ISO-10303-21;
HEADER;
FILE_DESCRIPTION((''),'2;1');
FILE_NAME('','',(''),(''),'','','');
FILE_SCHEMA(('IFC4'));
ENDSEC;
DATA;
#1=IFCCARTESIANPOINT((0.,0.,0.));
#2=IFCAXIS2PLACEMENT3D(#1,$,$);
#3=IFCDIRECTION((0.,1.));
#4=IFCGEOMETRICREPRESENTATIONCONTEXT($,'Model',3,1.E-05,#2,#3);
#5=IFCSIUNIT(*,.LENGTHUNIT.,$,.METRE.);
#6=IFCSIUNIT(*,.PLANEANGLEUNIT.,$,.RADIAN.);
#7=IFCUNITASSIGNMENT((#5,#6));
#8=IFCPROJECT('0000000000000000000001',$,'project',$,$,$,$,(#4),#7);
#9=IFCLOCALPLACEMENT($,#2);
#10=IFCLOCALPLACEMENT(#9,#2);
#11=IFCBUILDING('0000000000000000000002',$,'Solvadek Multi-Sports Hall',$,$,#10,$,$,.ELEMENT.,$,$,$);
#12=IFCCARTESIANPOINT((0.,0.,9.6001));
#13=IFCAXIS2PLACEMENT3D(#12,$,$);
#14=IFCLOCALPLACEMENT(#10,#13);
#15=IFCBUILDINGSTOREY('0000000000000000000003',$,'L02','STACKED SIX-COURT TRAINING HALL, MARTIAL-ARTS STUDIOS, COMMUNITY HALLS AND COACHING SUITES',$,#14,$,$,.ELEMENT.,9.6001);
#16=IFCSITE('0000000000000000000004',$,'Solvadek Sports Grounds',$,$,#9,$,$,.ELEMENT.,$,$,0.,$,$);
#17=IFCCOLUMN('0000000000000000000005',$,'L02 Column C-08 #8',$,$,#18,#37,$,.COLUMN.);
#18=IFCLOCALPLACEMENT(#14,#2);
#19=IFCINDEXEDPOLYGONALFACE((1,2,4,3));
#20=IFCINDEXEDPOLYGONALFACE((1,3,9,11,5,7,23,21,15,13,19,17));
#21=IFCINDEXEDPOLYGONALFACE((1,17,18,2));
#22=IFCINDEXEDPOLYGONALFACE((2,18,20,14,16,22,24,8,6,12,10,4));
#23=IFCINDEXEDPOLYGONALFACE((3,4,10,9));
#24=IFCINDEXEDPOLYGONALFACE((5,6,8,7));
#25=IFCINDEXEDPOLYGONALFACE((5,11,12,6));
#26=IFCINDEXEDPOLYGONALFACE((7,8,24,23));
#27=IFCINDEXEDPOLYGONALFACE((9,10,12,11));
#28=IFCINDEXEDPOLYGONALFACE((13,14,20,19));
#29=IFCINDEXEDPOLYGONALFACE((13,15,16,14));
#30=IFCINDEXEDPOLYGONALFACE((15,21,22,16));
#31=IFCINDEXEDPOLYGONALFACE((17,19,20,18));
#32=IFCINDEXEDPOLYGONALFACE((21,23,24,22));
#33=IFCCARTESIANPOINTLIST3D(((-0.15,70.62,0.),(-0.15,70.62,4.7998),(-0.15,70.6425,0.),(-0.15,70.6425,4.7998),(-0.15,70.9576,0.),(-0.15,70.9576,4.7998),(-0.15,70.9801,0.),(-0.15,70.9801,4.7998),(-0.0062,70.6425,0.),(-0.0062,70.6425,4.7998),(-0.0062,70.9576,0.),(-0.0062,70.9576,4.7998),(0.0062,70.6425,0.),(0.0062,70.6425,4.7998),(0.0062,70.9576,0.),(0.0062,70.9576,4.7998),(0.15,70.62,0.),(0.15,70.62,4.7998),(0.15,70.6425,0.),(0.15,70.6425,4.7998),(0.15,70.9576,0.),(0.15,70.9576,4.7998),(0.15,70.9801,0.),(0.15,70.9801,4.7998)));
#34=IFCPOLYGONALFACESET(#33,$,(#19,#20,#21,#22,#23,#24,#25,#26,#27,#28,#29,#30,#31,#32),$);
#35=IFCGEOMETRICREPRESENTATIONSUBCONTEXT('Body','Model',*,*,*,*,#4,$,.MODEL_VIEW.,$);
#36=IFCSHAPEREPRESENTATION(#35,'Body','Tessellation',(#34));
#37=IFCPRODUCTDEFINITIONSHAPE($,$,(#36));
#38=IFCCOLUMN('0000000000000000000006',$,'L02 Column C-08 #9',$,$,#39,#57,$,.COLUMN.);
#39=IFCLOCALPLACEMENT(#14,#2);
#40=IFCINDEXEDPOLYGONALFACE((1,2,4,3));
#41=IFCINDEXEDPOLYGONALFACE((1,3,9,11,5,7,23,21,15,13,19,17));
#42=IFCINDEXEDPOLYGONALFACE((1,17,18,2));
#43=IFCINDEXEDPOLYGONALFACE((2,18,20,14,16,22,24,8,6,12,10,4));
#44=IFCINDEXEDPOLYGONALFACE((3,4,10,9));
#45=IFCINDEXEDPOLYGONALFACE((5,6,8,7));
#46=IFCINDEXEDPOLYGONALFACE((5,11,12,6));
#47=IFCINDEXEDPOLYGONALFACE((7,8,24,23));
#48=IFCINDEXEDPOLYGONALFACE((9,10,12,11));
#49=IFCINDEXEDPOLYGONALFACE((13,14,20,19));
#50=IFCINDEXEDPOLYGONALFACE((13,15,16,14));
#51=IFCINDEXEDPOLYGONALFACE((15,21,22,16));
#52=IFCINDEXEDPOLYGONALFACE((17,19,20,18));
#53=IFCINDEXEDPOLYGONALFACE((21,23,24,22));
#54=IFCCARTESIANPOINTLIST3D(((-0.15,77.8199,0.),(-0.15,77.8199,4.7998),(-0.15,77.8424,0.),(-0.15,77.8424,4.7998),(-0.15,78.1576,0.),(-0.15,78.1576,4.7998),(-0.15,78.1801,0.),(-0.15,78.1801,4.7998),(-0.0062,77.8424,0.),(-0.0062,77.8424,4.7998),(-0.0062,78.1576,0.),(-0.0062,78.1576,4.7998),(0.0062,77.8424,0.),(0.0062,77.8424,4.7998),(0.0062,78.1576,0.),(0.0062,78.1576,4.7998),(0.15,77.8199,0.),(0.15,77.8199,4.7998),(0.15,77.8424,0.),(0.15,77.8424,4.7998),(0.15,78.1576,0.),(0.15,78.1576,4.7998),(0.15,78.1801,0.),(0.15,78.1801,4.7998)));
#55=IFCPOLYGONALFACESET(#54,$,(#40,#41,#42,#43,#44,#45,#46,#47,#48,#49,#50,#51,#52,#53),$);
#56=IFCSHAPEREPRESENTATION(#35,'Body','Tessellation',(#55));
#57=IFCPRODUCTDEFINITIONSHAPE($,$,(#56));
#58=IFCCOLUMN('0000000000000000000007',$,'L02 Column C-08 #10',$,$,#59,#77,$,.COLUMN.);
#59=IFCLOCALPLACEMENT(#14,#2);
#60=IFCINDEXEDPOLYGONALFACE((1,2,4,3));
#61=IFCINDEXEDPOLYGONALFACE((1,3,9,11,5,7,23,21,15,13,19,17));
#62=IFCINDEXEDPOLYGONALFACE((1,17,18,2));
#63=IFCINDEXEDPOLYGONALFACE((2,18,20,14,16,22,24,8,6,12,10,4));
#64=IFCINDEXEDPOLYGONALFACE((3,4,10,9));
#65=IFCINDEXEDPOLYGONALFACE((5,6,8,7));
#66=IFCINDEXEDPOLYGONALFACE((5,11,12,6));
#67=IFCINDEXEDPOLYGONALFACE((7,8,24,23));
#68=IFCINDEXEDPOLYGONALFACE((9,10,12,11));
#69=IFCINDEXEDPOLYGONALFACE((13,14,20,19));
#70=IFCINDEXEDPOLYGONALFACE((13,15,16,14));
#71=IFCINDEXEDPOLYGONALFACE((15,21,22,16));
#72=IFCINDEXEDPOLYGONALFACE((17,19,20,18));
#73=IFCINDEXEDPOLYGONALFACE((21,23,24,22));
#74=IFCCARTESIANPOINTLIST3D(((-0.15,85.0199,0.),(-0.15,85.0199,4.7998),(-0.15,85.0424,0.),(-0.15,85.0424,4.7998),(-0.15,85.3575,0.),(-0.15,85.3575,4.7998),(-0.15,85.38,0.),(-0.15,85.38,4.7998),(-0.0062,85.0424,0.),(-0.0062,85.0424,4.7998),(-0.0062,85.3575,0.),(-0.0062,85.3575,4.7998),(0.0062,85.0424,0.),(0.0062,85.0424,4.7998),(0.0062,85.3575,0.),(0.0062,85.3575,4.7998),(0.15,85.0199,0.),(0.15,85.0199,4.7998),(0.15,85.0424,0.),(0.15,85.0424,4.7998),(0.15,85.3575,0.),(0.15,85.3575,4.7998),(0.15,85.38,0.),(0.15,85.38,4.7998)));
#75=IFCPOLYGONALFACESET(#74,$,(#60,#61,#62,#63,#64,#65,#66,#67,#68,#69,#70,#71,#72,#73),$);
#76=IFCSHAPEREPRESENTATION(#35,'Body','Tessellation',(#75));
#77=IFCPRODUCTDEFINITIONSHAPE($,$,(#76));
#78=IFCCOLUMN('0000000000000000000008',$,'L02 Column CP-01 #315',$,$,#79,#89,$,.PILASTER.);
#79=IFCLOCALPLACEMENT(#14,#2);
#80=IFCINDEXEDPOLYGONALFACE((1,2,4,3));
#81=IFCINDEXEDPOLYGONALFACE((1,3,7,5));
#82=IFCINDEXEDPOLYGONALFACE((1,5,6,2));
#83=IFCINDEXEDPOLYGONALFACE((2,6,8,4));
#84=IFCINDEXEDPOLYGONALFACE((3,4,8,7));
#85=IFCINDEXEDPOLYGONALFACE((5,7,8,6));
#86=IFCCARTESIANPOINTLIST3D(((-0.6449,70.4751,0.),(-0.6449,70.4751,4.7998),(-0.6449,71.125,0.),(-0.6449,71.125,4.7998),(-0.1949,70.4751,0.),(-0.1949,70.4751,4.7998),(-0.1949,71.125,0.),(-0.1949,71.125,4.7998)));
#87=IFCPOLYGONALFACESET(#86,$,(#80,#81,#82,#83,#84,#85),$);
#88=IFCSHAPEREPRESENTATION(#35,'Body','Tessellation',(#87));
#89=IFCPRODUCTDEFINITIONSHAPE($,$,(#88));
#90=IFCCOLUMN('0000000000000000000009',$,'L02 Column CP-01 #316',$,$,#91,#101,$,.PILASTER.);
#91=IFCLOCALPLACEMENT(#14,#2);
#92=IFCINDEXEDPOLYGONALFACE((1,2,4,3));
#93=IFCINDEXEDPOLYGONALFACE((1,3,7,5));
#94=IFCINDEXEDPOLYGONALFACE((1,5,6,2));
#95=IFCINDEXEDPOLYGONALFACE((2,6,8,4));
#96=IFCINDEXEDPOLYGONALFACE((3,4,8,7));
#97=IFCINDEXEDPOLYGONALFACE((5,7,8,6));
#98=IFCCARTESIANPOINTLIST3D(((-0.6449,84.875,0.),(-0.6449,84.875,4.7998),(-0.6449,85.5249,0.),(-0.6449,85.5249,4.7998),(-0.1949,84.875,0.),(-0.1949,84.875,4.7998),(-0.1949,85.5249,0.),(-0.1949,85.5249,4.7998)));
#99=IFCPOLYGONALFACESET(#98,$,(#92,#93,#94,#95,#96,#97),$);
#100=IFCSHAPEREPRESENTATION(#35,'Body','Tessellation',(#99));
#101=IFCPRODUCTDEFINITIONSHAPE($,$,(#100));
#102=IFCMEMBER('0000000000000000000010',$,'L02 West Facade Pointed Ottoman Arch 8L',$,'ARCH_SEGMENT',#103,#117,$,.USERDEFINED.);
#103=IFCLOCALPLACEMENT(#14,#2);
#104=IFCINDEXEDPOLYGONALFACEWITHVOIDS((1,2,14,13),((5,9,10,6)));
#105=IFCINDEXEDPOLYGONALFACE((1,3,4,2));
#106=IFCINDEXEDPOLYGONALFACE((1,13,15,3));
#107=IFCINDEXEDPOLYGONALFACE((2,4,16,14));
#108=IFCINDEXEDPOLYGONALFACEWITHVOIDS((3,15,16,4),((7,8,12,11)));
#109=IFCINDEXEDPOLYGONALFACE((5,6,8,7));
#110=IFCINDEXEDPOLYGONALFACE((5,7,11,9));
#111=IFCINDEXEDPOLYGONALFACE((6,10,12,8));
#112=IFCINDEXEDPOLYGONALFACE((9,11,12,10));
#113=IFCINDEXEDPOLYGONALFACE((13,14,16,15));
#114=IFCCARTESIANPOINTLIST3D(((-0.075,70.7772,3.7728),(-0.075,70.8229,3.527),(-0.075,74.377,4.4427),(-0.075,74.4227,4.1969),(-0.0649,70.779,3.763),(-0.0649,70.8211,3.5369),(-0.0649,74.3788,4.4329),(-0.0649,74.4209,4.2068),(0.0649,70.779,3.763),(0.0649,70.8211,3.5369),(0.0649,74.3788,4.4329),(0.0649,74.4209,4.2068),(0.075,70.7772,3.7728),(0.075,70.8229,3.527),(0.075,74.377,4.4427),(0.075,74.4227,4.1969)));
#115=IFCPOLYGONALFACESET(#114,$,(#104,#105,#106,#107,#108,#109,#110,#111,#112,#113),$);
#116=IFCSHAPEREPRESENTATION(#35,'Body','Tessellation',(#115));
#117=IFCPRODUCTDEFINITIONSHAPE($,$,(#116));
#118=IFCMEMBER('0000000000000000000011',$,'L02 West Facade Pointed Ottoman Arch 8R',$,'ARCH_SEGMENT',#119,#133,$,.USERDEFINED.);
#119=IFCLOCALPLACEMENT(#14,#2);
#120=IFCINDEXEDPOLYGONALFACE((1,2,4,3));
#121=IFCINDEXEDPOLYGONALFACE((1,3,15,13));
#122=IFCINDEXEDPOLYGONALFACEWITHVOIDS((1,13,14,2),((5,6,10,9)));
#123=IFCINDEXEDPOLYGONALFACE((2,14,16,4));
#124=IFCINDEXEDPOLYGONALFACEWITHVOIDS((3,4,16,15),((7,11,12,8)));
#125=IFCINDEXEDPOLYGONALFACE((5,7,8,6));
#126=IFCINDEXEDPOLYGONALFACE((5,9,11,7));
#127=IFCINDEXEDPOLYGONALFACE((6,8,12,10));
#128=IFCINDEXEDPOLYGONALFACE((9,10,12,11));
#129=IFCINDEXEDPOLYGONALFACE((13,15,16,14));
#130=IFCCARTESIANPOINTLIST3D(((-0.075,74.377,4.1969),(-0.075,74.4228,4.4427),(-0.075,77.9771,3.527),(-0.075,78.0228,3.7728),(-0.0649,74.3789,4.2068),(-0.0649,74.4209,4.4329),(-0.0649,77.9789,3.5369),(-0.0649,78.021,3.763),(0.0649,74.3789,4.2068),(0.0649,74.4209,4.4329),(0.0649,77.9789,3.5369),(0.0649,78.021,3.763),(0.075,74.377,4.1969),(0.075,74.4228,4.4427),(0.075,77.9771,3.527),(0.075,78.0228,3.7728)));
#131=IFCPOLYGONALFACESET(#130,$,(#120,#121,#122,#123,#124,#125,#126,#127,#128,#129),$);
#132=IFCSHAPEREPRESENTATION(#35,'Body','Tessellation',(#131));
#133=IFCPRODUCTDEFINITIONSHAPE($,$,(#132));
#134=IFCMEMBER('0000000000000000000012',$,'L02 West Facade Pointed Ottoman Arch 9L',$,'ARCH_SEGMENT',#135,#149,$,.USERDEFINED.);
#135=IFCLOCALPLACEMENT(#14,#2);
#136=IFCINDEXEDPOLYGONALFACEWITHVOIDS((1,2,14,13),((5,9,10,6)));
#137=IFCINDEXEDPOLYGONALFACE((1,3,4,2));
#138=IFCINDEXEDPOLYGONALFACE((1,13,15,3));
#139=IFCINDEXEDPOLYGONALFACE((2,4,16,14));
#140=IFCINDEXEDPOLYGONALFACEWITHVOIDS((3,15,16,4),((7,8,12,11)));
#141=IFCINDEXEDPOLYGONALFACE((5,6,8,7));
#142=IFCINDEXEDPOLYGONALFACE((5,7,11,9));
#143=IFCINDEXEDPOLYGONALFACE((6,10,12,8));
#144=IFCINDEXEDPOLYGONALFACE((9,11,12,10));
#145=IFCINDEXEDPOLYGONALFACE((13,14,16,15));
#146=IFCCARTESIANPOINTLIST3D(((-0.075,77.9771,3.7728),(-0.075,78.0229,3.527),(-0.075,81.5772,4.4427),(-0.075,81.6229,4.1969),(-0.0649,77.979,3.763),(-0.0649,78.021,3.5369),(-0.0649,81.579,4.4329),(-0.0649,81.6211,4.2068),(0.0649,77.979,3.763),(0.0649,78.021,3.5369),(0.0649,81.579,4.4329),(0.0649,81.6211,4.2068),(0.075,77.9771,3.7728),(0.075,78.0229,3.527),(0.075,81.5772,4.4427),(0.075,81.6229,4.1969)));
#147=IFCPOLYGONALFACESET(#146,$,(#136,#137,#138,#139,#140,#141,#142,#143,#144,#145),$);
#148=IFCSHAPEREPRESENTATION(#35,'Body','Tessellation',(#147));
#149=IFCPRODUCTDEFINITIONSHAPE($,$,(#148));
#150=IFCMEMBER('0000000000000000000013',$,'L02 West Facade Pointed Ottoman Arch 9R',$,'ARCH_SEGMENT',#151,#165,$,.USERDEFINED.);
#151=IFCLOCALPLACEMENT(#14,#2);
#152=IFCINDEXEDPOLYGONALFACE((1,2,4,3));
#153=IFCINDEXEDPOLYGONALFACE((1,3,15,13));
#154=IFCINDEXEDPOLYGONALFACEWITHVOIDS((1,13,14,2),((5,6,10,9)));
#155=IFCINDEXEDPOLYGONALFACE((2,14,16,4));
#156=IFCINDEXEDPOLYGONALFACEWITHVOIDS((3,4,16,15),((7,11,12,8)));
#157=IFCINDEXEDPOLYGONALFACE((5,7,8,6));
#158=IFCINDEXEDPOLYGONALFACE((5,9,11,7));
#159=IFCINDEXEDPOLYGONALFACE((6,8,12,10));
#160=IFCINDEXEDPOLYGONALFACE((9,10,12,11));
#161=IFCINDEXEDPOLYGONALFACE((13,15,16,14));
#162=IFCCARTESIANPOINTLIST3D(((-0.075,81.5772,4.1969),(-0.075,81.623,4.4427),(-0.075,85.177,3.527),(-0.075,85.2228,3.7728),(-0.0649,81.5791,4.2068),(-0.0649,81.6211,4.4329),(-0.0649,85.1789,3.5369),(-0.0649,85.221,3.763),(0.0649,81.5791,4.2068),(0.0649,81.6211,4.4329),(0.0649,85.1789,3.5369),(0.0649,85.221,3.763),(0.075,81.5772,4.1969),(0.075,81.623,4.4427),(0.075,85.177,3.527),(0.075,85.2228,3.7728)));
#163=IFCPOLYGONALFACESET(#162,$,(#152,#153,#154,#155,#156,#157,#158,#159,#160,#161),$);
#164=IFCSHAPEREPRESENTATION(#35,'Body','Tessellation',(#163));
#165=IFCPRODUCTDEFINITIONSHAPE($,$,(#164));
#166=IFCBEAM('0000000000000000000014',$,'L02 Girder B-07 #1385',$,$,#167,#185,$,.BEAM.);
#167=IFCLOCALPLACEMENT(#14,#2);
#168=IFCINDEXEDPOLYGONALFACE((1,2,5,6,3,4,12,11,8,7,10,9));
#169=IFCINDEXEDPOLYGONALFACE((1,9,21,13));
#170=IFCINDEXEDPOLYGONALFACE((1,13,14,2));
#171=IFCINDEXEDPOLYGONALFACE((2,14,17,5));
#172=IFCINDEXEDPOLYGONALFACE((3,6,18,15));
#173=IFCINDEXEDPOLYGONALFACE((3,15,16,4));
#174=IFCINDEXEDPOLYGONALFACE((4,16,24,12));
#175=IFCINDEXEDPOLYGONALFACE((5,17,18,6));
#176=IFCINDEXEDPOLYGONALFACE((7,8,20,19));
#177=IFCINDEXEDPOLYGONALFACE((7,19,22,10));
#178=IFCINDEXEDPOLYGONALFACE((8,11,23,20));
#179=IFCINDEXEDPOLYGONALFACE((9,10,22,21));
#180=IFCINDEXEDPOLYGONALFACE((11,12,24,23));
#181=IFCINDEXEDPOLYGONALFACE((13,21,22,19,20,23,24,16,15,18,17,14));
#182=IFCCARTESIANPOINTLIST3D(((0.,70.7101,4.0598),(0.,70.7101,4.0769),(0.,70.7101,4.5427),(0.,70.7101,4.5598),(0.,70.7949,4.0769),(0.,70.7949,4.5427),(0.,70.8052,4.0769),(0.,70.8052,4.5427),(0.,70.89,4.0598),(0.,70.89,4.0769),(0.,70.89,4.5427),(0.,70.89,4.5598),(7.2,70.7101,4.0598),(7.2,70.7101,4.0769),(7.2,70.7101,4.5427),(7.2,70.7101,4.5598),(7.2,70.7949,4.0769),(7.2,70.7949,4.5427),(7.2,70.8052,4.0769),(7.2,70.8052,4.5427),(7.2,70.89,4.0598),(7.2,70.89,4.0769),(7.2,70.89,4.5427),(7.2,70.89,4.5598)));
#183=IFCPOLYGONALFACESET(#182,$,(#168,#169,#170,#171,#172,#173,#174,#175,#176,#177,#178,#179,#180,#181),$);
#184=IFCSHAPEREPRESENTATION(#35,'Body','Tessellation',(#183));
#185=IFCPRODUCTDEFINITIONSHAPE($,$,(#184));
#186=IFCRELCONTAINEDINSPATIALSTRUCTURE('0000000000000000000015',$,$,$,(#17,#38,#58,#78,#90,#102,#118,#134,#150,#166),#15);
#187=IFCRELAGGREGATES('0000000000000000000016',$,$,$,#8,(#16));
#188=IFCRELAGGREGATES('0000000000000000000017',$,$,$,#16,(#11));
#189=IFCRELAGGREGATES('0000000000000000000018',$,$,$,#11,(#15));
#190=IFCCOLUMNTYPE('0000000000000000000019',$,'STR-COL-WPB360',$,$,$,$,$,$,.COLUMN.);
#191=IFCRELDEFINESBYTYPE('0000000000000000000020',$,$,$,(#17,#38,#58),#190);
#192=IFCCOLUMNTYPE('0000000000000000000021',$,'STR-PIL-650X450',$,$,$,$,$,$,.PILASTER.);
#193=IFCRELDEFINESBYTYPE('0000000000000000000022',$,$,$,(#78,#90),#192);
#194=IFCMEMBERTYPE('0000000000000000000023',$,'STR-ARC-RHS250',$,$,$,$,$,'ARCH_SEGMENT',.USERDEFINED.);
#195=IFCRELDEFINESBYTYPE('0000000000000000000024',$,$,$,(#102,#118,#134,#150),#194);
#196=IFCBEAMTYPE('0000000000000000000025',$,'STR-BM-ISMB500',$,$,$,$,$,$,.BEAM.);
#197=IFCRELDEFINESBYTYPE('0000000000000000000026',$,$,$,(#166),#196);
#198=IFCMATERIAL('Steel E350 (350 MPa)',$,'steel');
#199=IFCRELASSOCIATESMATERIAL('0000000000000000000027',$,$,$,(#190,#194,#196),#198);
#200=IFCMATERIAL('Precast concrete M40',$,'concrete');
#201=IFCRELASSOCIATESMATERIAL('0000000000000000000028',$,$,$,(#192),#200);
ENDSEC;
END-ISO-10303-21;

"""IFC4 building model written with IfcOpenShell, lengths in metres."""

from ifc_helpers import new_model, si_unit, direction, frame, origin, origin_2d, place, context, subcontext, project, spatial, rectangle, hollow_rectangle, i_section, extrude, material, material_profile, profile_set, type_object, element, save


model = new_model("IFC4")

# Units and contexts
model_context = context("Model", 3, precision=1e-05, world=origin(), true_north=direction((0.0, 1.0)))
body_context = subcontext(model_context, "Body", "Model", "MODEL_VIEW")
ifc_project = project(units=[si_unit("LENGTHUNIT", "METRE"), si_unit("PLANEANGLEUNIT", "RADIAN")], contexts=[model_context])

# Site, building, storey
site_placement = place(None, origin())
site = spatial("IfcSite", under=ifc_project, at=site_placement, Name="Solvadek Sports Grounds", CompositionType="ELEMENT", RefElevation=0.0)
building_placement = place(site_placement, origin())
building = spatial("IfcBuilding", under=site, at=building_placement, Name="Solvadek Multi-Sports Hall", CompositionType="ELEMENT")
storey_placement = place(building_placement, frame((0.0, 0.0, 9.6001)))
storey = spatial("IfcBuildingStorey", under=building, at=storey_placement, Name="L02", Description="STACKED SIX-COURT TRAINING HALL, MARTIAL-ARTS STUDIOS, COMMUNITY HALLS AND COACHING SUITES", CompositionType="ELEMENT", Elevation=9.6001)

# Columns
ifc_material_1 = material(Name="Steel E350 (350 MPa)", Category="steel")
ifc_material_profile_1 = material_profile(ifc_material_1, i_section(OverallWidth=0.3, OverallDepth=0.3601, WebThickness=0.0125, FlangeThickness=0.0225, at=origin_2d()), Name="WPB 360")
ifc_profile_set_1 = profile_set([ifc_material_profile_1], Name="Steel E350 (350 MPa)")
column_type_1 = type_object("IfcColumnType", Name="STR-COL-WPB360", PredefinedType="COLUMN", material=ifc_profile_set_1)
for number, where, z_axis, x_axis, name in (
    (1, (0.0, 70.8, 0.0), (0.0, 0.0, 1.0), (1.0, 0.0, 0.0), "L02 Column C-08 #8"),
    (2, (0.0, 78.0, 0.0), (0.0, 0.0, 1.0), (1.0, 0.0, 0.0), "L02 Column C-08 #9"),
    (3, (0.0, 85.2, 0.0), (0.0, 0.0, 1.0), (1.0, 0.0, 0.0), "L02 Column C-08 #10"),
):
    element("IfcColumn", number, at=place(storey_placement, frame(where, z_axis=z_axis, x_axis=x_axis)), inside=storey, type_object=column_type_1, Name=name, PredefinedType="COLUMN", context=body_context, shape_type="SweptSolid", body=[
        extrude(i_section(OverallWidth=0.3, OverallDepth=0.3601, WebThickness=0.0125, FlangeThickness=0.0225, at=origin_2d()), origin(), (0.0, 0.0, 1.0), 4.7998),
    ])
ifc_material_2 = material(Name="Precast concrete M40", Category="concrete")
ifc_material_profile_2 = material_profile(ifc_material_2, rectangle(XDim=0.45, YDim=0.6499, at=origin_2d()), Name="RC PILASTER 650x450")
ifc_profile_set_2 = profile_set([ifc_material_profile_2], Name="Precast concrete M40")
column_type_2 = type_object("IfcColumnType", Name="STR-PIL-650X450", PredefinedType="PILASTER", material=ifc_profile_set_2)
for number, where, z_axis, x_axis, name in (
    (4, (-0.4199, 70.8, 0.0), (0.0, 0.0, 1.0), (1.0, 0.0, 0.0), "L02 Column CP-01 #315"),
    (5, (-0.4199, 85.2, 0.0), (0.0, 0.0, 1.0), (1.0, 0.0, 0.0), "L02 Column CP-01 #316"),
):
    element("IfcColumn", number, at=place(storey_placement, frame(where, z_axis=z_axis, x_axis=x_axis)), inside=storey, type_object=column_type_2, Name=name, PredefinedType="PILASTER", context=body_context, shape_type="SweptSolid", body=[
        extrude(rectangle(XDim=0.45, YDim=0.6499, at=origin_2d()), origin(), (0.0, 0.0, 1.0), 4.7998),
    ])

# Members
ifc_material_profile_3 = material_profile(ifc_material_1, hollow_rectangle(XDim=0.1499, YDim=0.25, WallThickness=0.01, at=origin_2d()), Name="RHS 250x150x10")
ifc_profile_set_3 = profile_set([ifc_material_profile_3], Name="Steel E350 (350 MPa)")
member_type = type_object("IfcMemberType", Name="STR-ARC-RHS250", ElementType="ARCH_SEGMENT", PredefinedType="USERDEFINED", material=ifc_profile_set_3)
member_1_placement = place(storey_placement, frame((0.0, 70.8, 3.6499), z_axis=(0.0, 0.983121, 0.182956), x_axis=(-1.0, 0.0, 0.0)))
element("IfcMember", 6, at=member_1_placement, inside=storey, type_object=member_type, Name="L02 West Facade Pointed Ottoman Arch 8L", ObjectType="ARCH_SEGMENT", PredefinedType="USERDEFINED", context=body_context, shape_type="SweptSolid", body=[
    extrude(hollow_rectangle(XDim=0.1499, YDim=0.25, WallThickness=0.01, at=origin_2d()), origin(), (0.0, 0.0, 1.0), 3.6616),
])
for number, where, z_axis, x_axis, name in (
    (7, (0.0, 74.3999, 4.3198), (0.0, 0.983123, -0.182944), (-1.0, 0.0, 0.0), "L02 West Facade Pointed Ottoman Arch 8R"),
    (8, (0.0, 78.0, 3.6499), (0.0, 0.983123, 0.182944), (-1.0, 0.0, 0.0), "L02 West Facade Pointed Ottoman Arch 9L"),
):
    element("IfcMember", number, at=place(storey_placement, frame(where, z_axis=z_axis, x_axis=x_axis)), inside=storey, type_object=member_type, Name=name, ObjectType="ARCH_SEGMENT", PredefinedType="USERDEFINED", context=body_context, shape_type="SweptSolid", body=[
        extrude(hollow_rectangle(XDim=0.1499, YDim=0.25, WallThickness=0.01, at=origin_2d()), origin(), (0.0, 0.0, 1.0), 3.6619),
    ])
member_2_placement = place(storey_placement, frame((0.0, 81.6001, 4.3198), z_axis=(0.0, 0.983121, -0.182956), x_axis=(-1.0, 0.0, 0.0)))
element("IfcMember", 9, at=member_2_placement, inside=storey, type_object=member_type, Name="L02 West Facade Pointed Ottoman Arch 9R", ObjectType="ARCH_SEGMENT", PredefinedType="USERDEFINED", context=body_context, shape_type="SweptSolid", body=[
    extrude(hollow_rectangle(XDim=0.1499, YDim=0.25, WallThickness=0.01, at=origin_2d()), origin(), (0.0, 0.0, 1.0), 3.6616),
])

# Beam
ifc_material_profile_4 = material_profile(ifc_material_1, i_section(OverallWidth=0.1799, OverallDepth=0.5, WebThickness=0.0103, FlangeThickness=0.0171, at=origin_2d()), Name="ISMB 500")
ifc_profile_set_4 = profile_set([ifc_material_profile_4], Name="Steel E350 (350 MPa)")
beam_type_1 = type_object("IfcBeamType", Name="STR-BM-ISMB500", PredefinedType="BEAM", material=ifc_profile_set_4)
for number, where, z_axis, x_axis, name in (
    (10, (0.0, 70.8, 4.3098), (1.0, 0.0, 0.0), (0.0, 1.0, 0.0), "L02 Girder B-07 #1385"),
):
    element("IfcBeam", number, at=place(storey_placement, frame(where, z_axis=z_axis, x_axis=x_axis)), inside=storey, type_object=beam_type_1, Name=name, PredefinedType="BEAM", context=body_context, shape_type="SweptSolid", body=[
        extrude(i_section(OverallWidth=0.1799, OverallDepth=0.5, WebThickness=0.0103, FlangeThickness=0.0171, at=origin_2d()), origin(), (0.0, 0.0, 1.0), 7.2),
    ])

save(model, "model.ifc")
